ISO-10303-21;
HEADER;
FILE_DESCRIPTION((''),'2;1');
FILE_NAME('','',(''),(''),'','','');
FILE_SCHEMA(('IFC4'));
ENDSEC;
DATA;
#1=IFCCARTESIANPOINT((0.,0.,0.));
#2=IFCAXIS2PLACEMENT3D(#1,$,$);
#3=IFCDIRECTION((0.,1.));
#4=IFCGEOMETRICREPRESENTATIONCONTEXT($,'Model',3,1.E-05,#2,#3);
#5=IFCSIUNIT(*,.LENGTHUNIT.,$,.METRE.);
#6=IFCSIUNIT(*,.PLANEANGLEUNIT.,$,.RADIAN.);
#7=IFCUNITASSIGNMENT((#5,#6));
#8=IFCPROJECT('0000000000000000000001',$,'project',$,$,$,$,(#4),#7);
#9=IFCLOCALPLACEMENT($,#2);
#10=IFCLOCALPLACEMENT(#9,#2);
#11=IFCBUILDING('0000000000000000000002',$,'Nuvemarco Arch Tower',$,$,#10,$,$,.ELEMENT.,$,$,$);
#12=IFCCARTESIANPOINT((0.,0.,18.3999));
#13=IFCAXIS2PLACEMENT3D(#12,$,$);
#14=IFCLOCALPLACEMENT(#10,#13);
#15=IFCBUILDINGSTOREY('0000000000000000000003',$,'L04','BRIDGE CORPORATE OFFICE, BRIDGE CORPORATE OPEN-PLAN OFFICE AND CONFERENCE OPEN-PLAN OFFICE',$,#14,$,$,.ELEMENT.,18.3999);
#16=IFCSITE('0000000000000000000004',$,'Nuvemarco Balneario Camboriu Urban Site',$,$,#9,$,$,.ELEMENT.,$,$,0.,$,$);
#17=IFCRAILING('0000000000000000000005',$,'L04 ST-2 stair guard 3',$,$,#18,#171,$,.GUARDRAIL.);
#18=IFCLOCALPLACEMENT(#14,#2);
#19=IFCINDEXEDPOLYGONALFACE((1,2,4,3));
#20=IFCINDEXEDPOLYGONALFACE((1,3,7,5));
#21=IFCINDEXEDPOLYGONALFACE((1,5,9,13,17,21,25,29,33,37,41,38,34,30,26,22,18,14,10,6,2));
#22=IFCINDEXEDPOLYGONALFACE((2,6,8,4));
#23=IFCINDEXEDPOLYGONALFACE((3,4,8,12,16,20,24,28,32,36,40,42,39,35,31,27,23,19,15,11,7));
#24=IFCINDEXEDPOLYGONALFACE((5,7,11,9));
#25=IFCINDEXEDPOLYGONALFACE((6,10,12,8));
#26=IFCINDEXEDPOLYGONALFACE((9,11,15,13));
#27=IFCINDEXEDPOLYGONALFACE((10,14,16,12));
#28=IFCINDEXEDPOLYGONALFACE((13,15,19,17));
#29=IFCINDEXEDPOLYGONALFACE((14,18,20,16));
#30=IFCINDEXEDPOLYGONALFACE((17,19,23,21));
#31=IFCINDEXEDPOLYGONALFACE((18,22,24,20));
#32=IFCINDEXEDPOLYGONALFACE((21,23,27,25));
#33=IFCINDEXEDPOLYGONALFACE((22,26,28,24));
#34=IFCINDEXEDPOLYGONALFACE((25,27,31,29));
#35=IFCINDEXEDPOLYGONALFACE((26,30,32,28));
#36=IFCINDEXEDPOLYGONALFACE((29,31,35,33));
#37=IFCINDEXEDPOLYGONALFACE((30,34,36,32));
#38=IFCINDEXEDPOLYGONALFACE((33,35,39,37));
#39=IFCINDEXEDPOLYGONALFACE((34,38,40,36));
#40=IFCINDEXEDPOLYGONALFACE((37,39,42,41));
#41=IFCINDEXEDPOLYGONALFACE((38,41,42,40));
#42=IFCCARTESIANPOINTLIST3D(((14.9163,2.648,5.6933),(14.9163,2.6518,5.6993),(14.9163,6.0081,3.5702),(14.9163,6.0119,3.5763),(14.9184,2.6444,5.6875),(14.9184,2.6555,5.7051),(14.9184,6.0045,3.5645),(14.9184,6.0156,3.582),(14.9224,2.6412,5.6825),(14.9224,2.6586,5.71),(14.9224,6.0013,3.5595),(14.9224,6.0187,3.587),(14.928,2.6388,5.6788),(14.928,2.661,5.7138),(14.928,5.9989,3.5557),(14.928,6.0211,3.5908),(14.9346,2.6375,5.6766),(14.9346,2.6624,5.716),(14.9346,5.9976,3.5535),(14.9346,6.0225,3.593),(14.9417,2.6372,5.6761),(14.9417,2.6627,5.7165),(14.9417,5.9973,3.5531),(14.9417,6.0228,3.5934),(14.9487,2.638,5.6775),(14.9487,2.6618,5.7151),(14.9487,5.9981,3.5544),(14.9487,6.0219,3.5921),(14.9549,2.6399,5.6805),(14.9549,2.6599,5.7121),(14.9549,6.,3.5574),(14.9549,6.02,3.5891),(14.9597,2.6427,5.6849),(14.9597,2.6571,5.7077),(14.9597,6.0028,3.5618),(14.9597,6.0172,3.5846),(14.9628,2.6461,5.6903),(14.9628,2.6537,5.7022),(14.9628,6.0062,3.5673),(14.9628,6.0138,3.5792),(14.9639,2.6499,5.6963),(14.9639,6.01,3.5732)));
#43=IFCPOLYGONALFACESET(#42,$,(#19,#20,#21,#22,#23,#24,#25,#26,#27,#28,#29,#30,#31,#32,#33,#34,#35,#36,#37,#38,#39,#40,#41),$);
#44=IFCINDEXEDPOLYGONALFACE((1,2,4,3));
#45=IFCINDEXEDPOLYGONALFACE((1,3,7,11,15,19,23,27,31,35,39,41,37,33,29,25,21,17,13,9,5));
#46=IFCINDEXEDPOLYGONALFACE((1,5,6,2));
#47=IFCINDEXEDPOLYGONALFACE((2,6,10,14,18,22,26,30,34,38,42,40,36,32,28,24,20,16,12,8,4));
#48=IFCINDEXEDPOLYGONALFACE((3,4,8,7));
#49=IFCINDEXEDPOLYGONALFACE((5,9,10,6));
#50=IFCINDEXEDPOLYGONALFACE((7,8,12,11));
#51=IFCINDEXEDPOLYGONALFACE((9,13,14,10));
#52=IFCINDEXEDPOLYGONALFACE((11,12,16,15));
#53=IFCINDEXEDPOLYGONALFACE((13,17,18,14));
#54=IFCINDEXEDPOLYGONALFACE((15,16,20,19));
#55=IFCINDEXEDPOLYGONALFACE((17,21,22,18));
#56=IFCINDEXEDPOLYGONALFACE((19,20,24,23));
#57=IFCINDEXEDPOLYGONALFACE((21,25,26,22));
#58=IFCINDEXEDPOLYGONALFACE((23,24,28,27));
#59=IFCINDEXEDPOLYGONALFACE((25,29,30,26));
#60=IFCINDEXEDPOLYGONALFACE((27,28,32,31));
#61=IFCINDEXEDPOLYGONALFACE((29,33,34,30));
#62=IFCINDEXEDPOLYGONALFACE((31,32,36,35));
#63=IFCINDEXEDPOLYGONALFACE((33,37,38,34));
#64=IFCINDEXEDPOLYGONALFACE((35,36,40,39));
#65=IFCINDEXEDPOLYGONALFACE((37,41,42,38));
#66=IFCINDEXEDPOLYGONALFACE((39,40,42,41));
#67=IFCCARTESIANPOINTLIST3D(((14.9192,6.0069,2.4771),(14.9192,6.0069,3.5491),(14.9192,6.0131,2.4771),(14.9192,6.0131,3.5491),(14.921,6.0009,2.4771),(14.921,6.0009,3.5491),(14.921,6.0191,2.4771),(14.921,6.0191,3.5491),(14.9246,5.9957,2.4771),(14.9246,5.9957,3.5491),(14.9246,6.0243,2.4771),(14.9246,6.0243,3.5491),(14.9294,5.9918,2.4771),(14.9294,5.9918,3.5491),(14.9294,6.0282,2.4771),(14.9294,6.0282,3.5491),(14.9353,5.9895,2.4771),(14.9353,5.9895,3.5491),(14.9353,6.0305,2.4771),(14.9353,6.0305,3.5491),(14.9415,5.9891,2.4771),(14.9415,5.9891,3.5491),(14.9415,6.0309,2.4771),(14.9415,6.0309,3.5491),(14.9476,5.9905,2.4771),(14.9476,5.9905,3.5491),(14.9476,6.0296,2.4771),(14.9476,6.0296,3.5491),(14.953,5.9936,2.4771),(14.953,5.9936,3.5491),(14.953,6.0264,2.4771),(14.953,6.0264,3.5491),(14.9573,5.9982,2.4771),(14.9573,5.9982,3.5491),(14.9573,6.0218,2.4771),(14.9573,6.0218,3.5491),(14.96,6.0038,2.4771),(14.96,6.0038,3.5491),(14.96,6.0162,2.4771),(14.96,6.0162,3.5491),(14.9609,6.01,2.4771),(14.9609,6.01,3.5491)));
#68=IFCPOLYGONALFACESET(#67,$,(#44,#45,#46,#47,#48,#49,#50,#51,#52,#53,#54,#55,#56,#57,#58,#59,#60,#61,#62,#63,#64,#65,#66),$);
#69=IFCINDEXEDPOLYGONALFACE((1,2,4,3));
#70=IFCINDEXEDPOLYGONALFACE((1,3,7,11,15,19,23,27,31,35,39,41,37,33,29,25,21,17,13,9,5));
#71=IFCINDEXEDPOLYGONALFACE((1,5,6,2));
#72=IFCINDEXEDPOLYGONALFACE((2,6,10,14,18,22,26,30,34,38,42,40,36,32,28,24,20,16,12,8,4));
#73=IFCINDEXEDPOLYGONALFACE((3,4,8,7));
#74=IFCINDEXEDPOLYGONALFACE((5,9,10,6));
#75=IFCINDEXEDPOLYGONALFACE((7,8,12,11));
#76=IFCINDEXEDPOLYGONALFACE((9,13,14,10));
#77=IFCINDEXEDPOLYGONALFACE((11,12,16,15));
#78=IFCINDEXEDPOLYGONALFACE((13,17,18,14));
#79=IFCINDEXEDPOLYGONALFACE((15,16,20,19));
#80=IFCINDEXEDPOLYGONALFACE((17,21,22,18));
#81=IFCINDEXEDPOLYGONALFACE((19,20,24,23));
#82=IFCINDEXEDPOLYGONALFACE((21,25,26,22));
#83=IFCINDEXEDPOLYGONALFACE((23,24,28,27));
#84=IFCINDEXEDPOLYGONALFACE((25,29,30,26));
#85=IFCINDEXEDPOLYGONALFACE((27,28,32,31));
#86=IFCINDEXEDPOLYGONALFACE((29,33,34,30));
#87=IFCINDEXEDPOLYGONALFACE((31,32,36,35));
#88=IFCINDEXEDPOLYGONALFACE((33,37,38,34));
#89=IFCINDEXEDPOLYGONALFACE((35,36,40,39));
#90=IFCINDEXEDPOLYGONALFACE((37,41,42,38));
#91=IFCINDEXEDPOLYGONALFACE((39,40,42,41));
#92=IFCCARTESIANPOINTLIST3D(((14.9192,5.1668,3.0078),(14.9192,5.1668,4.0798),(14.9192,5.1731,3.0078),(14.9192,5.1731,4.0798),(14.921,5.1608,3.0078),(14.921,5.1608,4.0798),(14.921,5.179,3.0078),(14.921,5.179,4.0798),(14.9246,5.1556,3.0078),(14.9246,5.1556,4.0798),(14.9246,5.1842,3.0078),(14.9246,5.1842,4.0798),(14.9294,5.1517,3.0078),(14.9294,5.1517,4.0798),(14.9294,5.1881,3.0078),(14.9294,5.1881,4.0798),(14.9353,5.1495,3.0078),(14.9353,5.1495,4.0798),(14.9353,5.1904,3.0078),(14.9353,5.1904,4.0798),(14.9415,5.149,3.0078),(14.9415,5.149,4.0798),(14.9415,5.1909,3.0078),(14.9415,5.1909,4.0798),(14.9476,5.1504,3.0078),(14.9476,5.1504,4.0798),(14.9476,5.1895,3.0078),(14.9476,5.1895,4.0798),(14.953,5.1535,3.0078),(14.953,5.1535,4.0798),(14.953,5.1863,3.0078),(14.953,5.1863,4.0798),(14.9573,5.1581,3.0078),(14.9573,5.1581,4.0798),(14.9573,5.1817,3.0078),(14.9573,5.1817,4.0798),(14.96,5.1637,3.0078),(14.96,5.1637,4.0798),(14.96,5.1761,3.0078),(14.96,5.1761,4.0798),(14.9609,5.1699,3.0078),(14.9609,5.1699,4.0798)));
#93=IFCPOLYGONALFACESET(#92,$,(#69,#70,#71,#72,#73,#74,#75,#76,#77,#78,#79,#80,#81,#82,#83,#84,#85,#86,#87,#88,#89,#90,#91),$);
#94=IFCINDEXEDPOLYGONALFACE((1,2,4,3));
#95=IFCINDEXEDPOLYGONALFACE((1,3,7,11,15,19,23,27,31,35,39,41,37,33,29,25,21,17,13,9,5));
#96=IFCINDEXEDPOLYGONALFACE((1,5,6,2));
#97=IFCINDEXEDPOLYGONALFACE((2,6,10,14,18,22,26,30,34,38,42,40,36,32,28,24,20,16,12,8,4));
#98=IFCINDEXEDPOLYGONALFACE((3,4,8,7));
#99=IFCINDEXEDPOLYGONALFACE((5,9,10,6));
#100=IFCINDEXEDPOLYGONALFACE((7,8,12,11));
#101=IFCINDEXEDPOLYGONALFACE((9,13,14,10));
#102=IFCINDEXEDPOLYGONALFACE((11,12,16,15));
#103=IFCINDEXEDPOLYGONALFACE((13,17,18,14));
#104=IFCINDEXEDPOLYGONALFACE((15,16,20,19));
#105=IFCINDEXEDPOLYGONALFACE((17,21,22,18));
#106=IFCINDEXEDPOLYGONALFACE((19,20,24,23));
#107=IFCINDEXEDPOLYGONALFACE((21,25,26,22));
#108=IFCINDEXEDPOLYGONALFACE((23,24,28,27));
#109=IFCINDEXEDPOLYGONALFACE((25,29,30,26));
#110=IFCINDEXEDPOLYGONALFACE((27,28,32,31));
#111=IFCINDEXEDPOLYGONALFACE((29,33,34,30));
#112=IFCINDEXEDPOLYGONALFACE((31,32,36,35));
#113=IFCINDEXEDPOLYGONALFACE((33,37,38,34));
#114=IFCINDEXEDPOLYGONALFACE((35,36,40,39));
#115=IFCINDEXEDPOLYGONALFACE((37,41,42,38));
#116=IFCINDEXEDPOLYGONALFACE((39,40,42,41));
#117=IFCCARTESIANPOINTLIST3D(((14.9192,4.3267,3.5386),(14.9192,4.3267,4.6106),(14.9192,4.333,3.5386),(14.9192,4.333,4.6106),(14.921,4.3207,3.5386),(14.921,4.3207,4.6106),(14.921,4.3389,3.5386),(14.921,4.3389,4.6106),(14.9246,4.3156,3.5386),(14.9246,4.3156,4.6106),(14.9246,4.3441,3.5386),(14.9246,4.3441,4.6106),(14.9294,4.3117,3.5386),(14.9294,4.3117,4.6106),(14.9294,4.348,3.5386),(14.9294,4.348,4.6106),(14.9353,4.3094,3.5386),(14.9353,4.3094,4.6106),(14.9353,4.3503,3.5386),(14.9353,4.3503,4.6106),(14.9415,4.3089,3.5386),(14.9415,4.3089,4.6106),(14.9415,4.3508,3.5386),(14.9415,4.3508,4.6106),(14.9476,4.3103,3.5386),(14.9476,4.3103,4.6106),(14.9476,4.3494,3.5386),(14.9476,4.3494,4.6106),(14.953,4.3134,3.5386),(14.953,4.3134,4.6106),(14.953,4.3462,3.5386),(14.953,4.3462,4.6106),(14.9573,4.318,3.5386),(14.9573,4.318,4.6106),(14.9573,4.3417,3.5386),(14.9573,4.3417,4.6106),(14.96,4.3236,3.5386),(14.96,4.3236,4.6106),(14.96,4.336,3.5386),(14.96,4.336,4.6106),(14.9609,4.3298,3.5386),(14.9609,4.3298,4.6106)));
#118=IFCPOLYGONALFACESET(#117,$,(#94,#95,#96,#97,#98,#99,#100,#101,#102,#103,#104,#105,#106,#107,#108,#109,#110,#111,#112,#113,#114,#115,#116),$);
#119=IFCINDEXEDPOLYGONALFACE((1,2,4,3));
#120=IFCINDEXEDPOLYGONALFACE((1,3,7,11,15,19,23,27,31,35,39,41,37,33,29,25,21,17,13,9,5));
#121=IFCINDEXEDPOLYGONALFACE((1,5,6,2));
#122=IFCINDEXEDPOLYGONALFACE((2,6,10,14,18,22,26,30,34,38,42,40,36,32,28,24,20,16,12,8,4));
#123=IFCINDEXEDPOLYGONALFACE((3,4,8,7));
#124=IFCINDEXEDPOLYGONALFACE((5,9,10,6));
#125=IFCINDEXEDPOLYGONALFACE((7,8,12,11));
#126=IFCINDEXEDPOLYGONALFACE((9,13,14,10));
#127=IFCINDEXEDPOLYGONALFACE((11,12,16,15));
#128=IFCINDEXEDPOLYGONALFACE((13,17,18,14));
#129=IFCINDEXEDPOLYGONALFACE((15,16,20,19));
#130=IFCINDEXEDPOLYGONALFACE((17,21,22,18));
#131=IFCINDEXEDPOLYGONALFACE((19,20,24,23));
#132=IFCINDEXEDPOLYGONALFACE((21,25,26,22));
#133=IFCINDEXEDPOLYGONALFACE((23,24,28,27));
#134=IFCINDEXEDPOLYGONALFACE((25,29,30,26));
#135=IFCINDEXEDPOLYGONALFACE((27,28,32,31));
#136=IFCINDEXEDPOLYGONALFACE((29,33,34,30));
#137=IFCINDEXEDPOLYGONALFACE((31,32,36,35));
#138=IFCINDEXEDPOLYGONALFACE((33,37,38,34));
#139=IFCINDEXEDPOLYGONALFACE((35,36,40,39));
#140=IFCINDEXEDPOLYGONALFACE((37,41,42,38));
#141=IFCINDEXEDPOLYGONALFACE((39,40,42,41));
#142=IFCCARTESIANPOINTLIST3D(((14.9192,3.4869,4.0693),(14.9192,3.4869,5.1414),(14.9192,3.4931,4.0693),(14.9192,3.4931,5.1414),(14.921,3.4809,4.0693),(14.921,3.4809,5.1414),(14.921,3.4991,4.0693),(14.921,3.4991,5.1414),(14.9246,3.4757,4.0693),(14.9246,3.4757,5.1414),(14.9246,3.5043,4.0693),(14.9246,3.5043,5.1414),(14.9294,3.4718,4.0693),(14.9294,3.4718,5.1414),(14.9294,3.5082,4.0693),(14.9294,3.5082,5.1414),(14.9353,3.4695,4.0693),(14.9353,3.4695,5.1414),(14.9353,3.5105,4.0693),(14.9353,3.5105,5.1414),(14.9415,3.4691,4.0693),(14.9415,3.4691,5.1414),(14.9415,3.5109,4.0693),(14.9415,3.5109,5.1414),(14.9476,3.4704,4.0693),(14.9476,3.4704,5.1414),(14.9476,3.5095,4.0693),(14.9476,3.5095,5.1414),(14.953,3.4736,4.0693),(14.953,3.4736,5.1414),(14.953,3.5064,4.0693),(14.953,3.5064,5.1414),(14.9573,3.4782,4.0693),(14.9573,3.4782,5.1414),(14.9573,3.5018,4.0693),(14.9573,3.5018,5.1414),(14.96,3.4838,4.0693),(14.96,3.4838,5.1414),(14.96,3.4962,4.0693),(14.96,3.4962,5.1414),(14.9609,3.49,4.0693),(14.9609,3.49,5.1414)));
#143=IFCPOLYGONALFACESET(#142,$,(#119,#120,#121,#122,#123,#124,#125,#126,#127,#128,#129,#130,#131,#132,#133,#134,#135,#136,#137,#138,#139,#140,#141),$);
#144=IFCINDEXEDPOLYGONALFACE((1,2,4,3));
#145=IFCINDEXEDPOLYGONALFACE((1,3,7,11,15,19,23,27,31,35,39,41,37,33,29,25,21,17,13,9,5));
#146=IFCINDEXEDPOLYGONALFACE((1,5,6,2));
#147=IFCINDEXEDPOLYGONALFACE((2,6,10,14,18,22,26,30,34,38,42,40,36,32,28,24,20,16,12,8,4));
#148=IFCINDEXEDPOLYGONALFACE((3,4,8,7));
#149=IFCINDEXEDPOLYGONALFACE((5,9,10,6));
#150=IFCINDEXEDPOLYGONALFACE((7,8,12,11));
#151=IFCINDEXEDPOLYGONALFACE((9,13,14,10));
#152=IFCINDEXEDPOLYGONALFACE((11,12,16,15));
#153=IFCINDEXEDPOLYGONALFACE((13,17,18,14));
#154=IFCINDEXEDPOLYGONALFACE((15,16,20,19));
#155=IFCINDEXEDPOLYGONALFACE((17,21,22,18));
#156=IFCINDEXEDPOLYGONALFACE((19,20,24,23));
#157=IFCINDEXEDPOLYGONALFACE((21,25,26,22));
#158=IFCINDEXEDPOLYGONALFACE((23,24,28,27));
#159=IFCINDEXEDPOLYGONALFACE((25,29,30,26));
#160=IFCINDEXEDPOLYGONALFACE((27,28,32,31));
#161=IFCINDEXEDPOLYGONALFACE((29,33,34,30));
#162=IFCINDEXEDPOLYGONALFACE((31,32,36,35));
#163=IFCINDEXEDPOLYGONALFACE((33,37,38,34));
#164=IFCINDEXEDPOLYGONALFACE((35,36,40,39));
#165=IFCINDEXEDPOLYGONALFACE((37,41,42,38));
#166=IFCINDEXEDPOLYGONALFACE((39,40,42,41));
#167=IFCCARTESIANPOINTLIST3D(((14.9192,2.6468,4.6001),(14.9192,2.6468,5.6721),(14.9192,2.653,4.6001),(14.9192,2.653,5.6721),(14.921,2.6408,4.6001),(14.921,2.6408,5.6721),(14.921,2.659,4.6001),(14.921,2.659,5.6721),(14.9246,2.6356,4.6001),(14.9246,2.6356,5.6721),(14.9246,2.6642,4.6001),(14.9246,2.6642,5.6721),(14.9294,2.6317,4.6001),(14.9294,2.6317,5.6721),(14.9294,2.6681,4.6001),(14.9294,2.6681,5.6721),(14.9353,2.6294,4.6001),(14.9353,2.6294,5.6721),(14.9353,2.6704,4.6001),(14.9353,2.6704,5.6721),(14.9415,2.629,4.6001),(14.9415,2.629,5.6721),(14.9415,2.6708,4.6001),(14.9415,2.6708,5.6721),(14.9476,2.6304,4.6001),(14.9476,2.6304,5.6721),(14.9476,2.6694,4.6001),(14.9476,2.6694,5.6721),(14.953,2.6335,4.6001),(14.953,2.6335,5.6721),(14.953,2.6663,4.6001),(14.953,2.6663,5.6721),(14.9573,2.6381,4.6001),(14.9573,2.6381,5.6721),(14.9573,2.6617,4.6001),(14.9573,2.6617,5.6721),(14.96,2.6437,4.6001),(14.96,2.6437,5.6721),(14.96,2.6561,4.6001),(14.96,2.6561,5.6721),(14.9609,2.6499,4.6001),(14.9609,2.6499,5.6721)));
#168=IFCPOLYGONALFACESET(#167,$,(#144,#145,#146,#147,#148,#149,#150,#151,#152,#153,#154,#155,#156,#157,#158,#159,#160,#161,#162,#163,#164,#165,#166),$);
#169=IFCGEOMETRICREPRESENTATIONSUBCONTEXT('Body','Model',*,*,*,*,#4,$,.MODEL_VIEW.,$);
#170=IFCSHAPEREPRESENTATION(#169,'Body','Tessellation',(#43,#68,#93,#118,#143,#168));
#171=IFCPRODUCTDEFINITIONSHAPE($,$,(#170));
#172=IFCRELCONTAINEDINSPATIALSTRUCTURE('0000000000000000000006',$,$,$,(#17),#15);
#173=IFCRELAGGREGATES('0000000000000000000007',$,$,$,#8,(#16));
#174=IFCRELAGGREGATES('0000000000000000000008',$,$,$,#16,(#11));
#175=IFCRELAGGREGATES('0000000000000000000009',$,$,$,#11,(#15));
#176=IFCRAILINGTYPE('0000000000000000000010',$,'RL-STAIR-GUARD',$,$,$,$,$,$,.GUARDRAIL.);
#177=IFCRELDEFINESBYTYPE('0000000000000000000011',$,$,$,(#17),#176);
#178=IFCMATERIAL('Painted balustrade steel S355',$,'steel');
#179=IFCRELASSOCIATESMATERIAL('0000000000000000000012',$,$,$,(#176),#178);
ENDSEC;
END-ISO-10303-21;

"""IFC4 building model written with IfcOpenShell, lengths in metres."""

from ifc_helpers import new_model, si_unit, direction, frame, origin, origin_2d, place, context, subcontext, project, spatial, circle, extrude, material, type_object, element, save


model = new_model("IFC4")

# Units and contexts
model_context = context("Model", 3, precision=1e-05, world=origin(), true_north=direction((0.0, 1.0)))
body_context = subcontext(model_context, "Body", "Model", "MODEL_VIEW")
ifc_project = project(units=[si_unit("LENGTHUNIT", "METRE"), si_unit("PLANEANGLEUNIT", "RADIAN")], contexts=[model_context])

# Site, building, storey
site_placement = place(None, origin())
site = spatial("IfcSite", under=ifc_project, at=site_placement, Name="Nuvemarco Balneario Camboriu Urban Site", CompositionType="ELEMENT", RefElevation=0.0)
building_placement = place(site_placement, origin())
building = spatial("IfcBuilding", under=site, at=building_placement, Name="Nuvemarco Arch Tower", CompositionType="ELEMENT")
storey_placement = place(building_placement, frame((0.0, 0.0, 18.3999)))
storey = spatial("IfcBuildingStorey", under=building, at=storey_placement, Name="L04", Description="BRIDGE CORPORATE OFFICE, BRIDGE CORPORATE OPEN-PLAN OFFICE AND CONFERENCE OPEN-PLAN OFFICE", CompositionType="ELEMENT", Elevation=18.3999)

# Railing
ifc_material_1 = material(Name="Painted balustrade steel S355", Category="steel")
railing_type_1 = type_object("IfcRailingType", Name="RL-STAIR-GUARD", PredefinedType="GUARDRAIL", material=ifc_material_1)
railing_1_placement = place(storey_placement, frame((14.9399, 6.01, 2.4771)))
element("IfcRailing", 1, at=railing_1_placement, inside=storey, type_object=railing_type_1, Name="L04 ST-2 stair guard 3", PredefinedType="GUARDRAIL", context=body_context, shape_type="SweptSolid", body=[
    extrude(circle(Radius=0.0239, at=origin_2d()), frame((0.0, 0.0, 1.0962), z_axis=(0.0, -0.84539, 0.53415), x_axis=(1.0, 0.0, 0.0)), (0.0, 0.0, 1.0), 3.9746),
    extrude(circle(Radius=0.021, at=origin_2d()), origin(), (0.0, 0.0, 1.0), 1.072),
    extrude(circle(Radius=0.021, at=origin_2d()), frame((0.0, -0.8401, 0.5308)), (0.0, 0.0, 1.0), 1.072),
    extrude(circle(Radius=0.021, at=origin_2d()), frame((0.0, -1.6802, 1.0615)), (0.0, 0.0, 1.0), 1.072),
    extrude(circle(Radius=0.021, at=origin_2d()), frame((0.0, -2.52, 1.5923)), (0.0, 0.0, 1.0), 1.072),
    extrude(circle(Radius=0.021, at=origin_2d()), frame((0.0, -3.3601, 2.123)), (0.0, 0.0, 1.0), 1.072),
])

save(model, "model.ifc")
